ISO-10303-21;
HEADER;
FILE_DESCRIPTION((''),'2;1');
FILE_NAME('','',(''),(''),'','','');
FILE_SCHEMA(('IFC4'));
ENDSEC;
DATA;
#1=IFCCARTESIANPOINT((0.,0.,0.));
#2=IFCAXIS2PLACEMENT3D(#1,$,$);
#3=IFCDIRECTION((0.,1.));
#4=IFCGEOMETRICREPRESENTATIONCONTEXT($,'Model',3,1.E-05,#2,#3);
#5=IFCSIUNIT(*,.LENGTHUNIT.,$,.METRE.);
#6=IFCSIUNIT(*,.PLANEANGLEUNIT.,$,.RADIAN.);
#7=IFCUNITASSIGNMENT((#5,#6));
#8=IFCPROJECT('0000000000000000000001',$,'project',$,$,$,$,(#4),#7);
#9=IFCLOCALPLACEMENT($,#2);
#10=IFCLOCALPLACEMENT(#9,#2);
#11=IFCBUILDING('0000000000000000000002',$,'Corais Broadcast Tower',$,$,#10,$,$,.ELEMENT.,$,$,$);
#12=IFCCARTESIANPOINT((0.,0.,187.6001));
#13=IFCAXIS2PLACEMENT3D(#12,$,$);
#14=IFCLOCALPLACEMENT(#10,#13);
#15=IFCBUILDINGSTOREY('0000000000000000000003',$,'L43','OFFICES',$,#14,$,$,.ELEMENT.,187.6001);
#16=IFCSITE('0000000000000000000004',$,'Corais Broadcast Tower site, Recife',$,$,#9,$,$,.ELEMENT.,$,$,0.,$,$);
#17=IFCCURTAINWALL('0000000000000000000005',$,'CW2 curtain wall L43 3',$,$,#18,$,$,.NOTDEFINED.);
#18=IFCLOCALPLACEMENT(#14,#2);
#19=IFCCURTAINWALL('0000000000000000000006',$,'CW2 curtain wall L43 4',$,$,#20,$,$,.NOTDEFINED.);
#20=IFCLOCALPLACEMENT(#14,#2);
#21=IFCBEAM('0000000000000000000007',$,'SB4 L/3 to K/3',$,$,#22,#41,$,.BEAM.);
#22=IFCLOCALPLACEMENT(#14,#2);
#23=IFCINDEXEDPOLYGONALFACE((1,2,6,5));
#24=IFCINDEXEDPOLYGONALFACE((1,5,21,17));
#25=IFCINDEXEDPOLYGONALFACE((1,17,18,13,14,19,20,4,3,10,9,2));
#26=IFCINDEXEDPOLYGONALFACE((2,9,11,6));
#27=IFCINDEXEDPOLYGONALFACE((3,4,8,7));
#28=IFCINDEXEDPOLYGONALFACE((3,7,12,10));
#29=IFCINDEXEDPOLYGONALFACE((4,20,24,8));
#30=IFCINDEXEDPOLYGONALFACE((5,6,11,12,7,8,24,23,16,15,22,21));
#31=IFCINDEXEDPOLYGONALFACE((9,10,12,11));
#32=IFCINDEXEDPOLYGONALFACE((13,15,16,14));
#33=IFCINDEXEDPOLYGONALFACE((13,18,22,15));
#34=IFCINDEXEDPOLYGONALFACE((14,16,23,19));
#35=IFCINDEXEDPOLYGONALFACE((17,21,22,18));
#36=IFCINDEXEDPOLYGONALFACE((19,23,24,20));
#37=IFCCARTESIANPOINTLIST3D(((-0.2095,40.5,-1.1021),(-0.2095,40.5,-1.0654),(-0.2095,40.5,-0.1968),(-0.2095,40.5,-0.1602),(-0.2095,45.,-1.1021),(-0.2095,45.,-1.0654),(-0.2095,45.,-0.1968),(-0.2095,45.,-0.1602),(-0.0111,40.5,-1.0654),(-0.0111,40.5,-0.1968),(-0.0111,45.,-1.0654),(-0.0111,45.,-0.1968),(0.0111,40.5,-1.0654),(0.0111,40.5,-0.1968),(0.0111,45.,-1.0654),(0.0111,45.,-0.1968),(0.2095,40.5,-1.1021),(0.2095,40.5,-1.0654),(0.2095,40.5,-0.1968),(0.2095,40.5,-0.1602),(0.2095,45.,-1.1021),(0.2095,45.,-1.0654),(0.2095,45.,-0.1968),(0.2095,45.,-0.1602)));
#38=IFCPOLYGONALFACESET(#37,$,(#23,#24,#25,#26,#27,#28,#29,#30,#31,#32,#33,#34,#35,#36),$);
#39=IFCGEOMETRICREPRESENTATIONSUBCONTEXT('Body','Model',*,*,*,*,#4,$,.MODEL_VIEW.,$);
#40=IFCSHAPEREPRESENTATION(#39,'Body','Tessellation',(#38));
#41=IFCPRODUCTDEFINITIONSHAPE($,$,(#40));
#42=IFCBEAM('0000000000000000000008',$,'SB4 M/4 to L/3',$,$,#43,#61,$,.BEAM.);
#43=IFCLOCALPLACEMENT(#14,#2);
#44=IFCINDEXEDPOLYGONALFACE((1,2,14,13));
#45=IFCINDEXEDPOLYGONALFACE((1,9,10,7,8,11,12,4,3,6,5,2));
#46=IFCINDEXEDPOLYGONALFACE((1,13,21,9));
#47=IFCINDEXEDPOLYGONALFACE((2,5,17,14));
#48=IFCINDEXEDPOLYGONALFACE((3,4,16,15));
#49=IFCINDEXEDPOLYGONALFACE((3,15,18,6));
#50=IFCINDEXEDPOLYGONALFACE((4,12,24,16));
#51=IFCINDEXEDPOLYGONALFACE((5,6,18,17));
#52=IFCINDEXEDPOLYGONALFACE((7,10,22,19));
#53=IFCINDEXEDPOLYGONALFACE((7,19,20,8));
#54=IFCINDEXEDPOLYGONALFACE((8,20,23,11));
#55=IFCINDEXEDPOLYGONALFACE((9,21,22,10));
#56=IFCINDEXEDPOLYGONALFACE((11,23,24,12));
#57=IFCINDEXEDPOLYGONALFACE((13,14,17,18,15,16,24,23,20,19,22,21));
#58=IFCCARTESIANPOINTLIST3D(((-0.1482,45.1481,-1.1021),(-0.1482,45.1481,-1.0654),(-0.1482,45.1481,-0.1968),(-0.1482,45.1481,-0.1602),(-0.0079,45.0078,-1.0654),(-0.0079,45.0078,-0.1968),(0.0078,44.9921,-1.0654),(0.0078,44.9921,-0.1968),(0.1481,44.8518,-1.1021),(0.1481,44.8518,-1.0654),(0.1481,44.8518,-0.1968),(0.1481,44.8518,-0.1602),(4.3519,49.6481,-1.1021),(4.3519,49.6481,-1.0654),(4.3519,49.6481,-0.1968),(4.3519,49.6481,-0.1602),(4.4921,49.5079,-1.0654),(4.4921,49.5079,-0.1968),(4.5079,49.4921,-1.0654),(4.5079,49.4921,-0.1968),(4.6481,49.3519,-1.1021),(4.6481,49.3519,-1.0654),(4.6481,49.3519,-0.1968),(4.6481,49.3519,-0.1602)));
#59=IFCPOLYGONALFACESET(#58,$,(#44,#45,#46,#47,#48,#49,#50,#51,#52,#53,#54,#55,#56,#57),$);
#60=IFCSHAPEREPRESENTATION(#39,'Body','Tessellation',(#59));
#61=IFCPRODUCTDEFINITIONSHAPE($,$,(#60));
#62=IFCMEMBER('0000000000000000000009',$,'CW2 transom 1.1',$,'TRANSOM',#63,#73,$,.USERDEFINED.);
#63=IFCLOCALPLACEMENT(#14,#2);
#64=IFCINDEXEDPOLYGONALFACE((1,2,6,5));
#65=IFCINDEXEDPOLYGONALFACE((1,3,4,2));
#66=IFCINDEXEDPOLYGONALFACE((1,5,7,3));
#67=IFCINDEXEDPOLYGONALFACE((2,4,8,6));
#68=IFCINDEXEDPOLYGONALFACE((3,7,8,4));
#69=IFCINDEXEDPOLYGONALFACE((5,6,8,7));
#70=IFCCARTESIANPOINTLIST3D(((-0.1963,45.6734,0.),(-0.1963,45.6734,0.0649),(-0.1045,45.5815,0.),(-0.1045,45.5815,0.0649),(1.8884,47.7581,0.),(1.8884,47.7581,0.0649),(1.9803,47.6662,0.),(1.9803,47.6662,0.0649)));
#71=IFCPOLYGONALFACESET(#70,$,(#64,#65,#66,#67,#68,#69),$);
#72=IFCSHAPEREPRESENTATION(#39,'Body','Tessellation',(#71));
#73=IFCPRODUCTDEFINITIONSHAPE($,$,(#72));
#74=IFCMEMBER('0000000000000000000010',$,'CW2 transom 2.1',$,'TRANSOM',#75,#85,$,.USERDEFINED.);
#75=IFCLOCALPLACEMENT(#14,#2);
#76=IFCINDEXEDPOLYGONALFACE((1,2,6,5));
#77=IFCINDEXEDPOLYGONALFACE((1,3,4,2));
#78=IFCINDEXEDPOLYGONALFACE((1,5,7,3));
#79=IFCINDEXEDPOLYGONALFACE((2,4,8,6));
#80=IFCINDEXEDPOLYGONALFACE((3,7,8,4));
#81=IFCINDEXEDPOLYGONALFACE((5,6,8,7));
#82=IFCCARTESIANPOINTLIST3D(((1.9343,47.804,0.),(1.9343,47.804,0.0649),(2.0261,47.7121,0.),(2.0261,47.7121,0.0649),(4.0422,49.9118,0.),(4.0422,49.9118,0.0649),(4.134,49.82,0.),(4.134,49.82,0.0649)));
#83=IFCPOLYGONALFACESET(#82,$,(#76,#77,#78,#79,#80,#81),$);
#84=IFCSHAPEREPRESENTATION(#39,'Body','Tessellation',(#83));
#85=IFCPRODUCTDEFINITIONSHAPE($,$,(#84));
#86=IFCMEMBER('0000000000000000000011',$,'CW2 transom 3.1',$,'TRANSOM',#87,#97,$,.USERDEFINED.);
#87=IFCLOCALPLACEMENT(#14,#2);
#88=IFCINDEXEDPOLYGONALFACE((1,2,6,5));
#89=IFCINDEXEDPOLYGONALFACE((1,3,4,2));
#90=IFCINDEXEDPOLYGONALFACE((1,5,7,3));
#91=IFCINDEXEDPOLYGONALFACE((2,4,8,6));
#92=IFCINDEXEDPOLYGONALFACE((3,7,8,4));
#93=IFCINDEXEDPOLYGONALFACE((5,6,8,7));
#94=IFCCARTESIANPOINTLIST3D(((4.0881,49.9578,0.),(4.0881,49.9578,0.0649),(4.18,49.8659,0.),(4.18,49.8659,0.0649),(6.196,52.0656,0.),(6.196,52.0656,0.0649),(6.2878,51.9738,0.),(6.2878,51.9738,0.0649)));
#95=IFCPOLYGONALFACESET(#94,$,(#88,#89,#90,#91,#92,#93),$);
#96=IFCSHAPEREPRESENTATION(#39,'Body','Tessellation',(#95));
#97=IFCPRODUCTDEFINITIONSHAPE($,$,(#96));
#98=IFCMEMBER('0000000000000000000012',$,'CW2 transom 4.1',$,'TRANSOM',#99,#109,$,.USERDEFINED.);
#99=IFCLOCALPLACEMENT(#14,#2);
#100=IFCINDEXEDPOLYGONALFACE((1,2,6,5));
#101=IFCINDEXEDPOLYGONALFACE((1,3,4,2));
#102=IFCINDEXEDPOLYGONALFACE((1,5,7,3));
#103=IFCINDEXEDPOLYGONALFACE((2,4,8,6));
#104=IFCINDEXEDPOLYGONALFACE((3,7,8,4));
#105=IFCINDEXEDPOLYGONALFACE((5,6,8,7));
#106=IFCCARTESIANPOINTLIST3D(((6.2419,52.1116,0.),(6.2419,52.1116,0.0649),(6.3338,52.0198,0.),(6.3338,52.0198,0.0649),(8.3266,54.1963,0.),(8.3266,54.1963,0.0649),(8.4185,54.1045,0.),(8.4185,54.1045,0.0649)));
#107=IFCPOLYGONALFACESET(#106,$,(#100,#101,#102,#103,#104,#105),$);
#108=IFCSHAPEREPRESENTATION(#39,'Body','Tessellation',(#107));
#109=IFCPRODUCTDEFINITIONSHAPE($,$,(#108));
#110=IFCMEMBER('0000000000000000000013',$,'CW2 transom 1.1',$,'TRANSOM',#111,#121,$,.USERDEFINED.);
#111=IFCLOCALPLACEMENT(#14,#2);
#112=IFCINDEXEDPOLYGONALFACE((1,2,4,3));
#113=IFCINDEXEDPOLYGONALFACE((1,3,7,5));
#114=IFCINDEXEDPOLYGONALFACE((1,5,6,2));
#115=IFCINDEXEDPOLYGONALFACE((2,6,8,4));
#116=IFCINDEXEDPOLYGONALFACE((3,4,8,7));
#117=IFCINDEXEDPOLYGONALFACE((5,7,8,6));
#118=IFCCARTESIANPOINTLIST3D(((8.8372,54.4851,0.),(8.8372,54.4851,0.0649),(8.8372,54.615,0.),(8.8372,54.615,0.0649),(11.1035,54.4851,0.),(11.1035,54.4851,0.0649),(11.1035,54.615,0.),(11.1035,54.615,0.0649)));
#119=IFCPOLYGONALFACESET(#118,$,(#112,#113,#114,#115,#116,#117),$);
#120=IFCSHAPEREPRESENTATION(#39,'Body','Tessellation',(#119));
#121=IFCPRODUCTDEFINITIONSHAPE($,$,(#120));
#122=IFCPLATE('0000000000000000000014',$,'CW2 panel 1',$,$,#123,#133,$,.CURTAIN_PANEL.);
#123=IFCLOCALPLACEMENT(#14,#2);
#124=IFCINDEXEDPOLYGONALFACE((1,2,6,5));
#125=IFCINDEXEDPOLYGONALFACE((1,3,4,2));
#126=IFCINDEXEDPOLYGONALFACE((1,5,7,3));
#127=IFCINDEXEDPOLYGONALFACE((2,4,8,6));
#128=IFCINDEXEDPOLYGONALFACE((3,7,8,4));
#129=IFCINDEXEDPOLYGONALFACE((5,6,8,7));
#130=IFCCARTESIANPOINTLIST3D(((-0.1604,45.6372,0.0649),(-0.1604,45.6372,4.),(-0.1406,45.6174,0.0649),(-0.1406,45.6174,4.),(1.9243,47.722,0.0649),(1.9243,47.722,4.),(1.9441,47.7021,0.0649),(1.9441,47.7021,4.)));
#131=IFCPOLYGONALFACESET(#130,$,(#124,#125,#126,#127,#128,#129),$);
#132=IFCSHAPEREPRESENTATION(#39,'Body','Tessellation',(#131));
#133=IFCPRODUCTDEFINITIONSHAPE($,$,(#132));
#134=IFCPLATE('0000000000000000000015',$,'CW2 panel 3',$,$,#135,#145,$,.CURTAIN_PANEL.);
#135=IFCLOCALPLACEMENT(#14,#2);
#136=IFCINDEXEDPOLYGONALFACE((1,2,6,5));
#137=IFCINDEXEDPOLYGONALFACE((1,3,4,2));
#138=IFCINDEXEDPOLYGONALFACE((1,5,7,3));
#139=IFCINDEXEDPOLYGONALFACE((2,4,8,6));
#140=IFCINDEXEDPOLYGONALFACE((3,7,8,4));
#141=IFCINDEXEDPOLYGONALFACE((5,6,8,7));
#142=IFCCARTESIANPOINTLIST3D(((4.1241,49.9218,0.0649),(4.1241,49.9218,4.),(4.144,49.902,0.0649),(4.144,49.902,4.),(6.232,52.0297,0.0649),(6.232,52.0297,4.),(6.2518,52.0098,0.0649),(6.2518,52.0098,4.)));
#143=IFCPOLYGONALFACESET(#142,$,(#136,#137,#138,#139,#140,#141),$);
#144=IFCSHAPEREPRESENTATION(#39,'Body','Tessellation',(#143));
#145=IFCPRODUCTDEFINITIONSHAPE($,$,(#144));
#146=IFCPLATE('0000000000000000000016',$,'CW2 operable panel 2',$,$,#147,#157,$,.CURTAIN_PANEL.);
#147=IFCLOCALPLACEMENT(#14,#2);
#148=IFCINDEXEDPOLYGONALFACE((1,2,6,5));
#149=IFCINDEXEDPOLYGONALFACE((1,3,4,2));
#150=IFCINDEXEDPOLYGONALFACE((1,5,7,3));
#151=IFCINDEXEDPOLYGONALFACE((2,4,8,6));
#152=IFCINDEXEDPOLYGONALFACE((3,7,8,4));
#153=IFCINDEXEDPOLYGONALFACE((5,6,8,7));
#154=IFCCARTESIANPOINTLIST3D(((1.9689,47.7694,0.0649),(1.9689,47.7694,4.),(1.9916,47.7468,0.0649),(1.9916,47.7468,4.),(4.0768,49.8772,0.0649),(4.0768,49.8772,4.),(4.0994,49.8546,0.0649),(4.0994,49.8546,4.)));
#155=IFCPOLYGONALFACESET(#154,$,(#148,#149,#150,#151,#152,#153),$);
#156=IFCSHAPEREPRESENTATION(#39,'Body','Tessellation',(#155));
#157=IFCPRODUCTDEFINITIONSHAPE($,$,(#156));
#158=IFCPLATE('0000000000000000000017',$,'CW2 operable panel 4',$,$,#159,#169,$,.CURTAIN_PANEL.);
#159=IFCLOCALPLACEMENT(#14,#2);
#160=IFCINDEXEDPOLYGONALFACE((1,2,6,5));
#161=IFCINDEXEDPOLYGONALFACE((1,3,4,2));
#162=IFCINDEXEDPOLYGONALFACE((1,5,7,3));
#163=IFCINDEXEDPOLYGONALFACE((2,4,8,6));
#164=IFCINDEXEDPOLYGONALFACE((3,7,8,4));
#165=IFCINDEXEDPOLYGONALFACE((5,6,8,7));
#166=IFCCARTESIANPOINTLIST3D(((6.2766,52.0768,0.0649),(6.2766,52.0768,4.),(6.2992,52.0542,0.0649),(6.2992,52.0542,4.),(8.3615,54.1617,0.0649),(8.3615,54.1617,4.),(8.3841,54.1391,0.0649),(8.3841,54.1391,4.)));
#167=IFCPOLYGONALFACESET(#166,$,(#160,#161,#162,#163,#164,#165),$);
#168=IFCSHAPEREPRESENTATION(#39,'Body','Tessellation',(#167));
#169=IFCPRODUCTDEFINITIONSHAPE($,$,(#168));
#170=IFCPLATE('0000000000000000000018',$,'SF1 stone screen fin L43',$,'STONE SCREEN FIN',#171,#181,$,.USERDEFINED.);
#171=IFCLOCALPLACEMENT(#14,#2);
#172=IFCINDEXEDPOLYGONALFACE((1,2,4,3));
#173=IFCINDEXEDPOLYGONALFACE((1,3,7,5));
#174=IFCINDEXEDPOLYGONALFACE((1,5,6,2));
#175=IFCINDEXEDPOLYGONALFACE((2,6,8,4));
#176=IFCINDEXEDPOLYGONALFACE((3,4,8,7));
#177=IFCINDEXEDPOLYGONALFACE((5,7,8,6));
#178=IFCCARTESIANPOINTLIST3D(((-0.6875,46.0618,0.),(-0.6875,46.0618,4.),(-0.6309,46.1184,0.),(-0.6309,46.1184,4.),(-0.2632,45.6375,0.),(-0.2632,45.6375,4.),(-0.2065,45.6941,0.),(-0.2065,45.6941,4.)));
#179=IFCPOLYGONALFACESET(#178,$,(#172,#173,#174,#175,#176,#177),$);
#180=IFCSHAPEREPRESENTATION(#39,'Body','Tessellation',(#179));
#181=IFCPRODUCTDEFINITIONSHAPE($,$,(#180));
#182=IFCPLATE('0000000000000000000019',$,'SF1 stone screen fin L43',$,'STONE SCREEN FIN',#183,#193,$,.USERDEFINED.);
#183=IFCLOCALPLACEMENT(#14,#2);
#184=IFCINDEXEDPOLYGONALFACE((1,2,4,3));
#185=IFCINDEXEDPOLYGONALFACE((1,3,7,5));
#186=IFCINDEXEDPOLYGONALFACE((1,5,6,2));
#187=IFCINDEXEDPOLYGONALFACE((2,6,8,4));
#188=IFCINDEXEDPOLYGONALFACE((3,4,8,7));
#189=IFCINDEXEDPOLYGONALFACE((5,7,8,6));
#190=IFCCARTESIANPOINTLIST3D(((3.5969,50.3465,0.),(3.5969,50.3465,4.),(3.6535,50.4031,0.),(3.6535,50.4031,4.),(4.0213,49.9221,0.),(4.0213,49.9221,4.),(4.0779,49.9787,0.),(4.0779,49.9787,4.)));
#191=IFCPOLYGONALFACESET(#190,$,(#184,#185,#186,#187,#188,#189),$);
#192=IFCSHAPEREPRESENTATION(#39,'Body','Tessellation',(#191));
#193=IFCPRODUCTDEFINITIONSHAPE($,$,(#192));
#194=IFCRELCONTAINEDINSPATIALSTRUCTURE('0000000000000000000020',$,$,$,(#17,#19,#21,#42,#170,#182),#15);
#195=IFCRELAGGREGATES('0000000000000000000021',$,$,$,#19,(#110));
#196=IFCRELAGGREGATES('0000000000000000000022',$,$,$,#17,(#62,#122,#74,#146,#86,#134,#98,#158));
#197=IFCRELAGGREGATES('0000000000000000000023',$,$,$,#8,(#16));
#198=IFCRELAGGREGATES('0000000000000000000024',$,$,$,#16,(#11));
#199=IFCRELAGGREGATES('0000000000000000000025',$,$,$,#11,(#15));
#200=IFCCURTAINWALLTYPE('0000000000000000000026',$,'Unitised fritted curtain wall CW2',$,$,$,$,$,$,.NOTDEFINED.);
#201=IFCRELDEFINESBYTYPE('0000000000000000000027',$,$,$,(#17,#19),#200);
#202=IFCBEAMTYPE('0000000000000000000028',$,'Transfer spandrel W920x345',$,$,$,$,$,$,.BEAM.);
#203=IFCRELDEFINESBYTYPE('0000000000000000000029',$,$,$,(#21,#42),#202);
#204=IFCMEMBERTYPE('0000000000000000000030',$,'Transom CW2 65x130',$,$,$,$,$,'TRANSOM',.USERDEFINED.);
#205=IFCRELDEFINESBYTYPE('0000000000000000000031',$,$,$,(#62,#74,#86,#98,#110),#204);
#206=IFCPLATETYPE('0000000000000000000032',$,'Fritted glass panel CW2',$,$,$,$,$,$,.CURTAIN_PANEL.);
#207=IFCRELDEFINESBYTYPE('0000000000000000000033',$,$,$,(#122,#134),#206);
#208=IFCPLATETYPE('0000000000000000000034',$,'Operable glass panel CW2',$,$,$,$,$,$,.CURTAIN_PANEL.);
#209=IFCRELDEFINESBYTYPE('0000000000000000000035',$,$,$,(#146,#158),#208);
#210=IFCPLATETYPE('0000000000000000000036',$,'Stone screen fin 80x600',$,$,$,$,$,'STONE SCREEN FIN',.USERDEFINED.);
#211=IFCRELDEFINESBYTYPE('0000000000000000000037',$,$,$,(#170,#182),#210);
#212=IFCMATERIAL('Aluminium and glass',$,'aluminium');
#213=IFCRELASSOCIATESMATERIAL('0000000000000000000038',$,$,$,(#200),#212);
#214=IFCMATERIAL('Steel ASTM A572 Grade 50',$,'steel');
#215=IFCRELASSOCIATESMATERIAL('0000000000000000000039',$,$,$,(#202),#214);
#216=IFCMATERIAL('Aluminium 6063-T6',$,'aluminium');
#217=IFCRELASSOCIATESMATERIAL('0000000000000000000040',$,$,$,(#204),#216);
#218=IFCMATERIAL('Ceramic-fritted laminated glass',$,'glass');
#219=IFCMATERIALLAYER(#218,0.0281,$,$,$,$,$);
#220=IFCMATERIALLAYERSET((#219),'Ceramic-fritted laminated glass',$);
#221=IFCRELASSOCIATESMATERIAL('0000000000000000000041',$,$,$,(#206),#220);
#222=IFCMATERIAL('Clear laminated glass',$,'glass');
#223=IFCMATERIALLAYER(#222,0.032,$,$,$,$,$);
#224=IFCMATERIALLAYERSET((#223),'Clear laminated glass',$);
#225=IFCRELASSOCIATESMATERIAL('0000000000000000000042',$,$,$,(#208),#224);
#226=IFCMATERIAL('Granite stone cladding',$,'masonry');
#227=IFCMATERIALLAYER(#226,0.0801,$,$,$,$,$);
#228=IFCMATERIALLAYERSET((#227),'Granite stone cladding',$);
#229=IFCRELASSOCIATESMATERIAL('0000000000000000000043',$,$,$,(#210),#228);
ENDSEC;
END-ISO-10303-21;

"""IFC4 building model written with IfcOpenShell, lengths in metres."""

from ifc_helpers import new_model, si_unit, direction, frame, origin, origin_2d, place, context, subcontext, project, spatial, rectangle, i_section, extrude, material, layer, layer_set, material_profile, profile_set, type_object, element, aggregate, save


model = new_model("IFC4")

# Units and contexts
model_context = context("Model", 3, precision=1e-05, world=origin(), true_north=direction((0.0, 1.0)))
body_context = subcontext(model_context, "Body", "Model", "MODEL_VIEW")
ifc_project = project(units=[si_unit("LENGTHUNIT", "METRE"), si_unit("PLANEANGLEUNIT", "RADIAN")], contexts=[model_context])

# Site, building, storey
site_placement = place(None, origin())
site = spatial("IfcSite", under=ifc_project, at=site_placement, Name="Corais Broadcast Tower site, Recife", CompositionType="ELEMENT", RefElevation=0.0)
building_placement = place(site_placement, origin())
building = spatial("IfcBuilding", under=site, at=building_placement, Name="Corais Broadcast Tower", CompositionType="ELEMENT")
storey_placement = place(building_placement, frame((0.0, 0.0, 187.6001)))
storey = spatial("IfcBuildingStorey", under=building, at=storey_placement, Name="L43", Description="OFFICES", CompositionType="ELEMENT", Elevation=187.6001)

# Shared definitions
ifc_material_1 = material(Name="Aluminium and glass", Category="aluminium")
curtain_wall_type = type_object("IfcCurtainWallType", Name="Unitised fritted curtain wall CW2", PredefinedType="NOTDEFINED", material=ifc_material_1)

# Curtain wall
curtain_wall_1_placement = place(storey_placement, origin())
curtain_wall_1 = element("IfcCurtainWall", 1, at=curtain_wall_1_placement, inside=storey, type_object=curtain_wall_type, Name="CW2 curtain wall L43 3", PredefinedType="NOTDEFINED")

# Curtain wall
curtain_wall_2_placement = place(storey_placement, origin())
curtain_wall_2 = element("IfcCurtainWall", 2, at=curtain_wall_2_placement, inside=storey, type_object=curtain_wall_type, Name="CW2 curtain wall L43 4", PredefinedType="NOTDEFINED")

# Beams
ifc_material_2 = material(Name="Steel ASTM A572 Grade 50", Category="steel")
ifc_material_profile_1 = material_profile(ifc_material_2, i_section(OverallWidth=0.4189, OverallDepth=0.9419, WebThickness=0.0222, FlangeThickness=0.0366, at=origin_2d()), Name="W920x345")
ifc_profile_set_1 = profile_set([ifc_material_profile_1], Name="Steel ASTM A572 Grade 50")
beam_type_1 = type_object("IfcBeamType", Name="Transfer spandrel W920x345", PredefinedType="BEAM", material=ifc_profile_set_1)
beam_1_placement = place(storey_placement, frame((0.0, 45.0, -0.6311), z_axis=(0.0, -1.0, 0.0), x_axis=(1.0, 0.0, 0.0)))
element("IfcBeam", 3, at=beam_1_placement, inside=storey, type_object=beam_type_1, Name="SB4 L/3 to K/3", PredefinedType="BEAM", context=body_context, shape_type="SweptSolid", body=[
    extrude(i_section(OverallWidth=0.4189, OverallDepth=0.9419, WebThickness=0.0222, FlangeThickness=0.0366, at=origin_2d()), origin(), (0.0, 0.0, 1.0), 4.5),
])
beam_2_placement = place(storey_placement, frame((4.5, 49.5, -0.6311), z_axis=(-0.707107, -0.707107, 0.0), x_axis=(0.707107, -0.707107, 0.0)))
element("IfcBeam", 4, at=beam_2_placement, inside=storey, type_object=beam_type_1, Name="SB4 M/4 to L/3", PredefinedType="BEAM", context=body_context, shape_type="SweptSolid", body=[
    extrude(i_section(OverallWidth=0.4189, OverallDepth=0.9419, WebThickness=0.0222, FlangeThickness=0.0366, at=origin_2d()), origin(), (0.0, 0.0, 1.0), 6.364),
])

# Members
ifc_material_3 = material(Name="Aluminium 6063-T6", Category="aluminium")
ifc_material_profile_2 = material_profile(ifc_material_3, rectangle(XDim=0.1299, YDim=0.0649, at=origin_2d()), Name="Transom CW2 65x130")
ifc_profile_set_2 = profile_set([ifc_material_profile_2], Name="Aluminium 6063-T6")
member_type_1 = type_object("IfcMemberType", Name="Transom CW2 65x130", ElementType="TRANSOM", PredefinedType="USERDEFINED", material=ifc_profile_set_2)
member_1_placement = place(storey_placement, frame((-0.1504, 45.6274, 0.0325), z_axis=(0.707107, 0.707107, 0.0), x_axis=(-0.707107, 0.707107, 0.0)))
member_1 = element("IfcMember", 5, at=member_1_placement, type_object=member_type_1, Name="CW2 transom 1.1", ObjectType="TRANSOM", PredefinedType="USERDEFINED", context=body_context, shape_type="SweptSolid", body=[
    extrude(rectangle(XDim=0.1299, YDim=0.0649, at=origin_2d()), origin(), (0.0, 0.0, 1.0), 2.9482),
])
member_2_placement = place(storey_placement, frame((1.9802, 47.7581, 0.0325), z_axis=(0.707107, 0.707107, 0.0), x_axis=(-0.707107, 0.707107, 0.0)))
member_2 = element("IfcMember", 6, at=member_2_placement, type_object=member_type_1, Name="CW2 transom 2.1", ObjectType="TRANSOM", PredefinedType="USERDEFINED", context=body_context, shape_type="SweptSolid", body=[
    extrude(rectangle(XDim=0.1299, YDim=0.0649, at=origin_2d()), origin(), (0.0, 0.0, 1.0), 2.981),
])
member_3_placement = place(storey_placement, frame((4.134, 49.9119, 0.0325), z_axis=(0.707107, 0.707107, 0.0), x_axis=(-0.707107, 0.707107, 0.0)))
member_3 = element("IfcMember", 7, at=member_3_placement, type_object=member_type_1, Name="CW2 transom 3.1", ObjectType="TRANSOM", PredefinedType="USERDEFINED", context=body_context, shape_type="SweptSolid", body=[
    extrude(rectangle(XDim=0.1299, YDim=0.0649, at=origin_2d()), origin(), (0.0, 0.0, 1.0), 2.981),
])
member_4_placement = place(storey_placement, frame((6.2878, 52.0657, 0.0325), z_axis=(0.707107, 0.707107, 0.0), x_axis=(-0.707107, 0.707107, 0.0)))
member_4 = element("IfcMember", 8, at=member_4_placement, type_object=member_type_1, Name="CW2 transom 4.1", ObjectType="TRANSOM", PredefinedType="USERDEFINED", context=body_context, shape_type="SweptSolid", body=[
    extrude(rectangle(XDim=0.1299, YDim=0.0649, at=origin_2d()), origin(), (0.0, 0.0, 1.0), 2.9482),
])
member_5_placement = place(storey_placement, frame((8.8372, 54.55, 0.0325), z_axis=(1.0, 0.0, 0.0), x_axis=(0.0, 1.0, 0.0)))
member_5 = element("IfcMember", 9, at=member_5_placement, type_object=member_type_1, Name="CW2 transom 1.1", ObjectType="TRANSOM", PredefinedType="USERDEFINED", context=body_context, shape_type="SweptSolid", body=[
    extrude(rectangle(XDim=0.1299, YDim=0.0649, at=origin_2d()), origin(), (0.0, 0.0, 1.0), 2.2664),
])
aggregate(curtain_wall_2, [member_5])

# Plates
ifc_material_4 = material(Name="Ceramic-fritted laminated glass", Category="glass")
ifc_layer_1 = layer(ifc_material_4, 0.0281)
ifc_layer_set_1 = layer_set([ifc_layer_1], Name="Ceramic-fritted laminated glass")
plate_type_1 = type_object("IfcPlateType", Name="Fritted glass panel CW2", PredefinedType="CURTAIN_PANEL", material=ifc_layer_set_1)
plate_1_placement = place(storey_placement, frame((0.8918, 46.6697, 0.0649), z_axis=(0.0, 0.0, 1.0), x_axis=(0.707107, 0.707107, 0.0)))
plate_1 = element("IfcPlate", 10, at=plate_1_placement, type_object=plate_type_1, Name="CW2 panel 1", PredefinedType="CURTAIN_PANEL", context=body_context, shape_type="SweptSolid", body=[
    extrude(rectangle(XDim=2.9482, YDim=0.0281, at=origin_2d()), origin(), (0.0, 0.0, 1.0), 3.9351),
])
plate_2_placement = place(storey_placement, frame((5.188, 50.9658, 0.0649), z_axis=(0.0, 0.0, 1.0), x_axis=(0.707107, 0.707107, 0.0)))
plate_2 = element("IfcPlate", 11, at=plate_2_placement, type_object=plate_type_1, Name="CW2 panel 3", PredefinedType="CURTAIN_PANEL", context=body_context, shape_type="SweptSolid", body=[
    extrude(rectangle(XDim=2.981, YDim=0.0281, at=origin_2d()), origin(), (0.0, 0.0, 1.0), 3.9351),
])
ifc_material_5 = material(Name="Clear laminated glass", Category="glass")
ifc_layer_2 = layer(ifc_material_5, 0.032)
ifc_layer_set_2 = layer_set([ifc_layer_2], Name="Clear laminated glass")
plate_type_2 = type_object("IfcPlateType", Name="Operable glass panel CW2", PredefinedType="CURTAIN_PANEL", material=ifc_layer_set_2)
plate_3_placement = place(storey_placement, frame((3.0342, 48.812, 0.0649), z_axis=(0.0, 0.0, 1.0), x_axis=(0.707107, 0.707107, 0.0)))
plate_3 = element("IfcPlate", 12, at=plate_3_placement, type_object=plate_type_2, Name="CW2 operable panel 2", PredefinedType="CURTAIN_PANEL", context=body_context, shape_type="SweptSolid", body=[
    extrude(rectangle(XDim=2.981, YDim=0.032, at=origin_2d()), origin(), (0.0, 0.0, 1.0), 3.9351),
])
plate_4_placement = place(storey_placement, frame((7.3303, 53.1079, 0.0649), z_axis=(0.0, 0.0, 1.0), x_axis=(0.707107, 0.707107, 0.0)))
plate_4 = element("IfcPlate", 13, at=plate_4_placement, type_object=plate_type_2, Name="CW2 operable panel 4", PredefinedType="CURTAIN_PANEL", context=body_context, shape_type="SweptSolid", body=[
    extrude(rectangle(XDim=2.9485, YDim=0.032, at=origin_2d()), origin(), (0.0, 0.0, 1.0), 3.9351),
])
aggregate(curtain_wall_1, [member_1, plate_1, member_2, plate_3, member_3, plate_2, member_4, plate_4])

# Plates
ifc_material_6 = material(Name="Granite stone cladding", Category="masonry")
ifc_layer_3 = layer(ifc_material_6, 0.0801)
ifc_layer_set_3 = layer_set([ifc_layer_3], Name="Granite stone cladding")
plate_type_3 = type_object("IfcPlateType", Name="Stone screen fin 80x600", ElementType="STONE SCREEN FIN", PredefinedType="USERDEFINED", material=ifc_layer_set_3)
for number, where, z_axis, x_axis, name in (
    (14, (-0.447, 45.8779, 0.0), (0.0, 0.0, 1.0), (0.707107, 0.707107, 0.0), "SF1 stone screen fin L43"),
    (15, (3.8374, 50.1626, 0.0), (0.0, 0.0, 1.0), (0.707107, 0.707107, 0.0), "SF1 stone screen fin L43"),
):
    element("IfcPlate", number, at=place(storey_placement, frame(where, z_axis=z_axis, x_axis=x_axis)), inside=storey, type_object=plate_type_3, Name=name, ObjectType="STONE SCREEN FIN", PredefinedType="USERDEFINED", context=body_context, shape_type="SweptSolid", body=[
        extrude(rectangle(XDim=0.0801, YDim=0.6001, at=origin_2d()), origin(), (0.0, 0.0, 1.0), 4.0),
    ])

save(model, "model.ifc")
